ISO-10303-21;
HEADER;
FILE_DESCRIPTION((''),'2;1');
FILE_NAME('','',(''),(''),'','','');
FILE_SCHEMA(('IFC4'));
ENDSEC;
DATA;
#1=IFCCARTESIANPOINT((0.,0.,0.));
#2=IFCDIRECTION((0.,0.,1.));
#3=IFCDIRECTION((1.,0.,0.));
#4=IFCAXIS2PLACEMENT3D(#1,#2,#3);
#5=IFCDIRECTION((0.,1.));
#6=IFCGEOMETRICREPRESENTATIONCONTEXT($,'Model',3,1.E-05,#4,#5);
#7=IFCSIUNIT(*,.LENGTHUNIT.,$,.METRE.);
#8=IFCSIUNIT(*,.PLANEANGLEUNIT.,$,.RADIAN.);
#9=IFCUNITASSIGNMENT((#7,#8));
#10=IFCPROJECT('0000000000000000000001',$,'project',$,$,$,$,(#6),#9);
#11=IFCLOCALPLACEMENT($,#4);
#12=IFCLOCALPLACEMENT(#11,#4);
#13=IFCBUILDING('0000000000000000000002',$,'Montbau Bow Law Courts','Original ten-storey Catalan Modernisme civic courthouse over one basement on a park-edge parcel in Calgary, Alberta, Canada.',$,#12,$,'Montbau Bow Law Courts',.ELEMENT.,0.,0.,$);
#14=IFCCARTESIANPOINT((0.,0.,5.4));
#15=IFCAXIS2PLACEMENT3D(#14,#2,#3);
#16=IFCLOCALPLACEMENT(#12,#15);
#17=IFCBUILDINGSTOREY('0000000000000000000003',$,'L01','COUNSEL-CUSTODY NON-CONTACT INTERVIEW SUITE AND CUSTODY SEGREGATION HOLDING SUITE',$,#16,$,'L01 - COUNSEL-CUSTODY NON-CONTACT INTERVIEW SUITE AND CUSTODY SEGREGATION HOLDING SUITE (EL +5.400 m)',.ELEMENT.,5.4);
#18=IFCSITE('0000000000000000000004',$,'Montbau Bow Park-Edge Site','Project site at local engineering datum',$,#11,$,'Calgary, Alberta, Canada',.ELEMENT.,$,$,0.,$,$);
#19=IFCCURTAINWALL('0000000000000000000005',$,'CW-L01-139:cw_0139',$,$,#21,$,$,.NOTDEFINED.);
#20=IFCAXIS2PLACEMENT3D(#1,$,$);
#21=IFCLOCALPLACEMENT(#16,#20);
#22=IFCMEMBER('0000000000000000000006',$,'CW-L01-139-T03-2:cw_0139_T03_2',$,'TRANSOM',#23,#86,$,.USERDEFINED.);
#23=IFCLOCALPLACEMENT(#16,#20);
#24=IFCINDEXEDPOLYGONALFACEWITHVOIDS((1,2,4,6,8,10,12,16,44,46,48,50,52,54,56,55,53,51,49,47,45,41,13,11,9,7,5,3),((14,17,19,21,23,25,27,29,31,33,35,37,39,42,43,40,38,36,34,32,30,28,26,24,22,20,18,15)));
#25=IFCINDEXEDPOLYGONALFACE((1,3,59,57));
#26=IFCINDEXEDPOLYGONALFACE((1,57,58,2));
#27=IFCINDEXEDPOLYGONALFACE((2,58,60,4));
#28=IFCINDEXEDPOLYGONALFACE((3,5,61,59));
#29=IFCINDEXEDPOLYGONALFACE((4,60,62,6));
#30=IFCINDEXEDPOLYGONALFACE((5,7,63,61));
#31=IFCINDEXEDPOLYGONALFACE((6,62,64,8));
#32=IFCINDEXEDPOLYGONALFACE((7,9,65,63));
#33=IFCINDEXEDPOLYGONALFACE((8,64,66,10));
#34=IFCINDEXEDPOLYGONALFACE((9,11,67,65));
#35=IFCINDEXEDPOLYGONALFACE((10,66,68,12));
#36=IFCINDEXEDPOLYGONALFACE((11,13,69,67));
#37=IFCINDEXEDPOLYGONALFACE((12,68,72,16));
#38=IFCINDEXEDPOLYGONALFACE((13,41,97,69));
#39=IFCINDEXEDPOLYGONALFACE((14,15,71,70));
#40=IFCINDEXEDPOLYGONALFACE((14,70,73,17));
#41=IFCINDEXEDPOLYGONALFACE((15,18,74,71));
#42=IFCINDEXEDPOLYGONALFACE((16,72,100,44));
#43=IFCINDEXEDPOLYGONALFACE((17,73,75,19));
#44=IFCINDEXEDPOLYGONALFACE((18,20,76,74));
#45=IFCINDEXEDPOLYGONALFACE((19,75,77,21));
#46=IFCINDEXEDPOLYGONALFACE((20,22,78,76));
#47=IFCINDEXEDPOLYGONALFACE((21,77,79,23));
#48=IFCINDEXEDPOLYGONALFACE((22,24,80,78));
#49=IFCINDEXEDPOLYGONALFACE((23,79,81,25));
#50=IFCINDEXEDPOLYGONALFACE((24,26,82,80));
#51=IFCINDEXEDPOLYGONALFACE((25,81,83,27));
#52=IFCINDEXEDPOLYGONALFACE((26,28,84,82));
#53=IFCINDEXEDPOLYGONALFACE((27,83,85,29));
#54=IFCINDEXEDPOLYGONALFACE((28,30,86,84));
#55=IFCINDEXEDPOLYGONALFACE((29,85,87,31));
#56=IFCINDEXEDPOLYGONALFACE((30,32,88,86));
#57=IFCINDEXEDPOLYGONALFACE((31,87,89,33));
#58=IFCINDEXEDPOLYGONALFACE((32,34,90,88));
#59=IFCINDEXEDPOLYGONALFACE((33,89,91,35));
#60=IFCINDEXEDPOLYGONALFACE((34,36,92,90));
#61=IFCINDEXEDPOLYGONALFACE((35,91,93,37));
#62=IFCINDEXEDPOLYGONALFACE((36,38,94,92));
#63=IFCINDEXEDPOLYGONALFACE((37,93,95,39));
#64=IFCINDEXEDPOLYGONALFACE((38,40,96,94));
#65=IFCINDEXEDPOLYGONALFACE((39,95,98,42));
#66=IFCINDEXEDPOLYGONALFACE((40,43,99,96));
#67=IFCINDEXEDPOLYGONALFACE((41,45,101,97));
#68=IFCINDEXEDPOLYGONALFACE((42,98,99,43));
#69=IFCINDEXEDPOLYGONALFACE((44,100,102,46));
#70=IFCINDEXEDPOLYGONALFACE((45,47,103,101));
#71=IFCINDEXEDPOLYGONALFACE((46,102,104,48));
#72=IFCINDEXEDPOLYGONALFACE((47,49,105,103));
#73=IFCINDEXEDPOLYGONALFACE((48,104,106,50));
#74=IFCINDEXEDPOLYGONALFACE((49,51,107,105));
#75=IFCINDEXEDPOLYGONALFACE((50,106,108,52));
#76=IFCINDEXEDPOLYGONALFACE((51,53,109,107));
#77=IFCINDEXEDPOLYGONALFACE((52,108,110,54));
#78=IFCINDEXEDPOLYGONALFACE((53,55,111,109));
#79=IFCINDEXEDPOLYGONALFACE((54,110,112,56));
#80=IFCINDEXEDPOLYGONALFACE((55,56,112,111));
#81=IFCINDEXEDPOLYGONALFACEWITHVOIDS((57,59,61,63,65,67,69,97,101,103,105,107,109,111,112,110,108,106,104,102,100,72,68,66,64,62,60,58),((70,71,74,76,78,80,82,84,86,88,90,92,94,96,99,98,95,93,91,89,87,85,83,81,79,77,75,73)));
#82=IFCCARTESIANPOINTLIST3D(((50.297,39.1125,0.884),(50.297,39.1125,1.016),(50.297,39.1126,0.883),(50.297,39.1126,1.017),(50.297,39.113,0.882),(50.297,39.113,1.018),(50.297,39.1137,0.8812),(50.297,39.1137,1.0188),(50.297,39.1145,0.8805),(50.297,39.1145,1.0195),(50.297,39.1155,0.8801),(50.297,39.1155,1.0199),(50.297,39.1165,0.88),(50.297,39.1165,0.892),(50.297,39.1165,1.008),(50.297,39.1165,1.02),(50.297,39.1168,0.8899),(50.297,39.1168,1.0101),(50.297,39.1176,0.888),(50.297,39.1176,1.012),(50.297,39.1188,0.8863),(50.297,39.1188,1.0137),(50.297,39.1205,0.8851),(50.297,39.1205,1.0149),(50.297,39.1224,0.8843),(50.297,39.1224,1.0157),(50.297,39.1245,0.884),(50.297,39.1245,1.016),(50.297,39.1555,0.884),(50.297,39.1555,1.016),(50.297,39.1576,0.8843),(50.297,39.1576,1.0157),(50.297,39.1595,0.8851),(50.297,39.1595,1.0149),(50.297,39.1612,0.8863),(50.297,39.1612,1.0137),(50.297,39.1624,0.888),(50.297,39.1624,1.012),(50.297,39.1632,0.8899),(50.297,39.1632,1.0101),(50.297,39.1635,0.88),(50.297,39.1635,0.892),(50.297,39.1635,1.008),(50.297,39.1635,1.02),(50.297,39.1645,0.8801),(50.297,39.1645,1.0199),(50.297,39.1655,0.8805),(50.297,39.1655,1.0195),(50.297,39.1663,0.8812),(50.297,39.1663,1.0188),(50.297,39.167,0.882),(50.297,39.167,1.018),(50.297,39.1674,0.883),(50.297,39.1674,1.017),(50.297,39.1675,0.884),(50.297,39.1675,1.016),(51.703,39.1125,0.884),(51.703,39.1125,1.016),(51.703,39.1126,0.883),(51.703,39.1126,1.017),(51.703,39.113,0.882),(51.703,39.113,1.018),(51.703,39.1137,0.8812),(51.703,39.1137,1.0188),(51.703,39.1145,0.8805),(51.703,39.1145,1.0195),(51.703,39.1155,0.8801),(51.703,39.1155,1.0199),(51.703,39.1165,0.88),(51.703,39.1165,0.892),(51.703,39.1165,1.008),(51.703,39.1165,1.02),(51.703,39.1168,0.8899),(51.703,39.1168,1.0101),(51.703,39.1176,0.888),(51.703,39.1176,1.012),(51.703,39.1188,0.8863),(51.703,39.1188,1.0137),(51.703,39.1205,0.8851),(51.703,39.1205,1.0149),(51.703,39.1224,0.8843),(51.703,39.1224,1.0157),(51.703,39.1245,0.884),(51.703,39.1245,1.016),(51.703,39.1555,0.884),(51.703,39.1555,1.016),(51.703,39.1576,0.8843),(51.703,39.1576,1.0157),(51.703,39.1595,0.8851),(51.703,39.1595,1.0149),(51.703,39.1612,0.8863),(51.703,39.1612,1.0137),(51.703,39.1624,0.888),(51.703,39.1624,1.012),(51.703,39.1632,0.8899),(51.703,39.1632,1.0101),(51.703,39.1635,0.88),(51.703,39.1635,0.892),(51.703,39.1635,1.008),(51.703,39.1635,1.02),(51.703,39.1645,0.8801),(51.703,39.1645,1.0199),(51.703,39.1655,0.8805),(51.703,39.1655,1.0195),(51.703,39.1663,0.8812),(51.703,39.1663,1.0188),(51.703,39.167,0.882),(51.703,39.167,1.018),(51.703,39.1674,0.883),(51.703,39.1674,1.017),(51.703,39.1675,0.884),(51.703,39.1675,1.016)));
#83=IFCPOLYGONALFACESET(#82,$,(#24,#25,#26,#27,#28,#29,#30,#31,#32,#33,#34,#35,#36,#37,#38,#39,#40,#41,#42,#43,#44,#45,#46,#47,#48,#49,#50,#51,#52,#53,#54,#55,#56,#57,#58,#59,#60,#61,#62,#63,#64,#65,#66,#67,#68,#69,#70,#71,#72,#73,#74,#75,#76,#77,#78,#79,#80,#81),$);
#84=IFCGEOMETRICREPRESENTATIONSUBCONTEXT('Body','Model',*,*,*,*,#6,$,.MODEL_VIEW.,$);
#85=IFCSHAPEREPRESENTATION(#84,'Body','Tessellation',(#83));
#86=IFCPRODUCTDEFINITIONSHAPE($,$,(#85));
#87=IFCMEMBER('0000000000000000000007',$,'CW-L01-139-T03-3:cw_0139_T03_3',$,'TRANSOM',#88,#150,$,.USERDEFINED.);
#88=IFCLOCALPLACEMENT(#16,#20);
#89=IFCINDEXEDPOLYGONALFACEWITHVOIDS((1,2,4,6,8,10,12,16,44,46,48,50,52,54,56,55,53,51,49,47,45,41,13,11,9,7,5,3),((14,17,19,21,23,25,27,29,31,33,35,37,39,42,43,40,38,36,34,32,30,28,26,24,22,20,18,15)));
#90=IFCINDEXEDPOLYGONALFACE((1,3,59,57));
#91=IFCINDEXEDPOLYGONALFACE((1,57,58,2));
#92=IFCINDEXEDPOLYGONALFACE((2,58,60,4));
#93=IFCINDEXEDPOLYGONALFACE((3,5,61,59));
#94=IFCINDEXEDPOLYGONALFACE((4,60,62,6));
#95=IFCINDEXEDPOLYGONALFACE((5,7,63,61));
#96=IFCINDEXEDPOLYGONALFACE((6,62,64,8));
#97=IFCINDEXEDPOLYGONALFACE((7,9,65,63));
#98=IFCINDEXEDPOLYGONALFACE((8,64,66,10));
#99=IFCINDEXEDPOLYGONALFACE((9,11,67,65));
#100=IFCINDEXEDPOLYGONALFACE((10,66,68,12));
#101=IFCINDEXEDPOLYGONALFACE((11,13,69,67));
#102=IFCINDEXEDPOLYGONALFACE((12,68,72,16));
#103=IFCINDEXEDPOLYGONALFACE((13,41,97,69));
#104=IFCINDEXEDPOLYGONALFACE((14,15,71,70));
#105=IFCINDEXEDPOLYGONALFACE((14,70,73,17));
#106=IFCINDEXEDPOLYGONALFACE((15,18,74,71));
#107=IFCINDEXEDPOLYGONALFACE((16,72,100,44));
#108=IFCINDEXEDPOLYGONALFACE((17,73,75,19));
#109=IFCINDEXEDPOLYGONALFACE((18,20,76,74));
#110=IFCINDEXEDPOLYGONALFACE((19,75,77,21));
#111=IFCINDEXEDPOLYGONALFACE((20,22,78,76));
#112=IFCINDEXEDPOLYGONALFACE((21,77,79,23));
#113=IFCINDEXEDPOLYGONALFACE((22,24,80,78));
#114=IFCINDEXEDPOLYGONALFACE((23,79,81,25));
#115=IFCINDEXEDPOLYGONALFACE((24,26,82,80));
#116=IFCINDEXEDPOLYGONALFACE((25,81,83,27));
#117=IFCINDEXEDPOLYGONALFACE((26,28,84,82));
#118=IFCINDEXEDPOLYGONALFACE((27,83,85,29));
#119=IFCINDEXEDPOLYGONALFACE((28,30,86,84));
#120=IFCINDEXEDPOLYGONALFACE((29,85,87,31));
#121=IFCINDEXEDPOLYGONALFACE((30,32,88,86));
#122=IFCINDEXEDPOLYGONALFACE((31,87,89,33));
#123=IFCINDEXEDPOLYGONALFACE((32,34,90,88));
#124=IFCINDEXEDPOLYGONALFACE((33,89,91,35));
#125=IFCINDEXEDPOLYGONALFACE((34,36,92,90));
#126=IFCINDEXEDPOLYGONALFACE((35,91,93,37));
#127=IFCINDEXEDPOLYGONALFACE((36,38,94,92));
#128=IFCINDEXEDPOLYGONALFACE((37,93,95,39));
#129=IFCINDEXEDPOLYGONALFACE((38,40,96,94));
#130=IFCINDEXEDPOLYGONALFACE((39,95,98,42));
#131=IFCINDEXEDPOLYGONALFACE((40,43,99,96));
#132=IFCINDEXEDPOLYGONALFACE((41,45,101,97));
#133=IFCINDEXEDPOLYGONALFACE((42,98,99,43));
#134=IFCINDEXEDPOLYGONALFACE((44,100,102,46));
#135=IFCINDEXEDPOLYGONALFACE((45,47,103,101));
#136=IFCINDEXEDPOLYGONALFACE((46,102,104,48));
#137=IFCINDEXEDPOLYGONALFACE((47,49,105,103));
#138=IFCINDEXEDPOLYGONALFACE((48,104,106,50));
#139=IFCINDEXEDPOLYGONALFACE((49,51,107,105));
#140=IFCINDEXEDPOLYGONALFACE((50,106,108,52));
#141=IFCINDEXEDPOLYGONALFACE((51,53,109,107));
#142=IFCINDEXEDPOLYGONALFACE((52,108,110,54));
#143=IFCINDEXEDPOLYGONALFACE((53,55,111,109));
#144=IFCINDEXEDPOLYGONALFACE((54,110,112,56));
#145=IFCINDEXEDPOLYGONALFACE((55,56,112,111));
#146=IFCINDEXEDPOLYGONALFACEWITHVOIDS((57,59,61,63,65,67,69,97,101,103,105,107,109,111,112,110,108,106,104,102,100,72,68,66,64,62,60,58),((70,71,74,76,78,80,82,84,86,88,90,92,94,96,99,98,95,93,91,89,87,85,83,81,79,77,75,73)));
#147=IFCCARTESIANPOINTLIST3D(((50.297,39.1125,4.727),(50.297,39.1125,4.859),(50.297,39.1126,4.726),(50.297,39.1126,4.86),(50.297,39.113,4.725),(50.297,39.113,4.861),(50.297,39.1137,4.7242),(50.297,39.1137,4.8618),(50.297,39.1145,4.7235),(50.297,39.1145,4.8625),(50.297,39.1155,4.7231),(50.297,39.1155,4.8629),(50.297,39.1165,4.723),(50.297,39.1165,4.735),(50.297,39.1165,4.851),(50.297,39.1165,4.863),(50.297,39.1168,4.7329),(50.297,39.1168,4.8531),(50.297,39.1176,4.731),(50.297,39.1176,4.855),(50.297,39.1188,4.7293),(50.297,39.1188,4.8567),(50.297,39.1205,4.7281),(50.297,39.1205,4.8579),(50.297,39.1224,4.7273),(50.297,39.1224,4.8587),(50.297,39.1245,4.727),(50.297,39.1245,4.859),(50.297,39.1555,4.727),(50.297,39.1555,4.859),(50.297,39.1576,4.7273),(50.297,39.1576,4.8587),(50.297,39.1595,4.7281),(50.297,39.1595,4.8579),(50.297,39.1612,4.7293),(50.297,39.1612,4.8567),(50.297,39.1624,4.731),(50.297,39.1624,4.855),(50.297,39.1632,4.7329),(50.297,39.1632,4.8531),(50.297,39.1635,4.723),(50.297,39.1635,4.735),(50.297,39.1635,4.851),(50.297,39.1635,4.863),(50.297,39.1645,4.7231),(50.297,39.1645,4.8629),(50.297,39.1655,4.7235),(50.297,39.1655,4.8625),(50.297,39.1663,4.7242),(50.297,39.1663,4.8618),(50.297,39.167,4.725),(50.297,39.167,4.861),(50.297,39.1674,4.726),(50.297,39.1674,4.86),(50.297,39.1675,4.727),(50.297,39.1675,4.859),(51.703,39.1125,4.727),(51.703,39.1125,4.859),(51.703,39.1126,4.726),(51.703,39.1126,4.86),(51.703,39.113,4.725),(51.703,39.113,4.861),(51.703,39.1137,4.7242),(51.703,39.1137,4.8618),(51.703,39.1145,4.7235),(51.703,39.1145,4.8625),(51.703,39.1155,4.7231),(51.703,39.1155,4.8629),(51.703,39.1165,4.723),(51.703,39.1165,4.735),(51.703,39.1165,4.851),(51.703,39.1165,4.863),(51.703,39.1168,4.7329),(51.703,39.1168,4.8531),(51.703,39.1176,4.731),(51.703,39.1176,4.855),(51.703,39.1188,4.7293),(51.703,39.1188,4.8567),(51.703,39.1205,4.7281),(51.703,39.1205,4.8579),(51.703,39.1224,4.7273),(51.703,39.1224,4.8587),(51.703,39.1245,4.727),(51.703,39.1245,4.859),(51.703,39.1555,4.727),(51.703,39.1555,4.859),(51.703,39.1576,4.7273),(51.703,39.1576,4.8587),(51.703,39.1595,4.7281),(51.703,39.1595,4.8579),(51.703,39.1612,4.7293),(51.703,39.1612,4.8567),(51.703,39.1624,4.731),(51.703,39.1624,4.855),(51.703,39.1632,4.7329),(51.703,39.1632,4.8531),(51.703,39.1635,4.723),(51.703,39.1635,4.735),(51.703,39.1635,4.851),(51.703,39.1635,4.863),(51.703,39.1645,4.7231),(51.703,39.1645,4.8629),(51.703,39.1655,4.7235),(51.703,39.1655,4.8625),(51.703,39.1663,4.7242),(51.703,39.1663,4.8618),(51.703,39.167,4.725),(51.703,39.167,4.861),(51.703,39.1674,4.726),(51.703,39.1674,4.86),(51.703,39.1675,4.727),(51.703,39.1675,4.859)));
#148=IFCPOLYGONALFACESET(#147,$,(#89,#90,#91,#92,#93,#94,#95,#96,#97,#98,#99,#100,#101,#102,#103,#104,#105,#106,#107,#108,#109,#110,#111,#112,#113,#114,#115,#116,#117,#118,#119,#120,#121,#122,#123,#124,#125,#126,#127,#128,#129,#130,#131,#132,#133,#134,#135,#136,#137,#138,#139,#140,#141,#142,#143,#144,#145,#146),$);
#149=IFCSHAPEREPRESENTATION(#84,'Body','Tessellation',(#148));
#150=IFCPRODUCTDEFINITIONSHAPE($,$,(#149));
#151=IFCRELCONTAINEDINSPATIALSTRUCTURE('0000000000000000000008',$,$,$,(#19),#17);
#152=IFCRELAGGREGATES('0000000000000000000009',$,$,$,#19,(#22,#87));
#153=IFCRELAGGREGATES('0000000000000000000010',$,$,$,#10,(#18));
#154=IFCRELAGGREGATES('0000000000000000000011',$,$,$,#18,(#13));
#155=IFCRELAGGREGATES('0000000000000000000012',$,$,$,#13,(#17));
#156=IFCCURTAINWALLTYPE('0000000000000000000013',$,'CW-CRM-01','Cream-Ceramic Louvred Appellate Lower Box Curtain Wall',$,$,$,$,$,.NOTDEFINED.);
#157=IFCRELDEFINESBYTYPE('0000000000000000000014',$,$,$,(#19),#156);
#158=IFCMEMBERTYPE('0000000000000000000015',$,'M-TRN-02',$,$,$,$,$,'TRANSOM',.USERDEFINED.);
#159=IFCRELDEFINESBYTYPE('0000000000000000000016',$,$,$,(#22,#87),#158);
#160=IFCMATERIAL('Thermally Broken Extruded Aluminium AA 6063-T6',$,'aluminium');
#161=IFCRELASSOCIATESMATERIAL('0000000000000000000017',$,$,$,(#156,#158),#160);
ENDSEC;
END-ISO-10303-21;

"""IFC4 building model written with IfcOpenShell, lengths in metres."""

from ifc_helpers import new_model, si_unit, direction, frame, origin_with_axes, origin_2d_with_axis, place, context, subcontext, project, spatial, hollow_rectangle, extrude, material, material_profile, profile_set, type_object, element, aggregate, save


model = new_model("IFC4")

# Units and contexts
model_context = context("Model", 3, precision=1e-05, world=origin_with_axes(), true_north=direction((0.0, 1.0)))
body_context = subcontext(model_context, "Body", "Model", "MODEL_VIEW")
ifc_project = project(units=[si_unit("LENGTHUNIT", "METRE"), si_unit("PLANEANGLEUNIT", "RADIAN")], contexts=[model_context])

# Site, building, storey
site_placement = place(None, origin_with_axes())
site = spatial("IfcSite", under=ifc_project, at=site_placement, Name="Montbau Bow Park-Edge Site", Description="Project site at local engineering datum", LongName="Calgary, Alberta, Canada", CompositionType="ELEMENT", RefElevation=0.0)
building_placement = place(site_placement, origin_with_axes())
building = spatial("IfcBuilding", under=site, at=building_placement, Name="Montbau Bow Law Courts", Description="Original ten-storey Catalan Modernisme civic courthouse over one basement on a park-edge parcel in Calgary, Alberta, Canada.", LongName="Montbau Bow Law Courts", CompositionType="ELEMENT", ElevationOfRefHeight=0.0, ElevationOfTerrain=0.0)
storey_placement = place(building_placement, frame((0.0, 0.0, 5.4), z_axis=(0.0, 0.0, 1.0), x_axis=(1.0, 0.0, 0.0)))
storey = spatial("IfcBuildingStorey", under=building, at=storey_placement, Name="L01", Description="COUNSEL-CUSTODY NON-CONTACT INTERVIEW SUITE AND CUSTODY SEGREGATION HOLDING SUITE", LongName="L01 - COUNSEL-CUSTODY NON-CONTACT INTERVIEW SUITE AND CUSTODY SEGREGATION HOLDING SUITE (EL +5.400 m)", CompositionType="ELEMENT", Elevation=5.4)

# Curtain wall, members
ifc_material_1 = material(Name="Thermally Broken Extruded Aluminium AA 6063-T6", Category="aluminium")
curtain_wall_type = type_object("IfcCurtainWallType", Name="CW-CRM-01", Description="Cream-Ceramic Louvred Appellate Lower Box Curtain Wall", PredefinedType="NOTDEFINED", material=ifc_material_1)
curtain_wall_placement = place(None, frame((47.315, 39.14, 5.4), z_axis=(0.0, 0.0, 1.0), x_axis=(1.0, 0.0, 0.0)))
curtain_wall = element("IfcCurtainWall", 1, at=curtain_wall_placement, inside=storey, type_object=curtain_wall_type, Name="CW-L01-139:cw_0139", PredefinedType="NOTDEFINED")
ifc_material_profile_1 = material_profile(ifc_material_1, hollow_rectangle(XDim=0.055, YDim=0.14, WallThickness=0.004, InnerFilletRadius=0.008, OuterFilletRadius=0.004, at=origin_2d_with_axis()), Name="CWT-140X55", Category="Main", Priority=0)
ifc_profile_set_1 = profile_set([ifc_material_profile_1], Name="Thermally Broken Extruded Aluminium AA 6063-T6")
member_type_1 = type_object("IfcMemberType", Name="M-TRN-02", ElementType="TRANSOM", PredefinedType="USERDEFINED", material=ifc_profile_set_1)
member_1_placement = place(None, frame((50.297, 39.14, 6.35), z_axis=(1.0, 0.0, 0.0), x_axis=(0.0, 1.0, 0.0)))
member_1 = element("IfcMember", 2, at=member_1_placement, type_object=member_type_1, Name="CW-L01-139-T03-2:cw_0139_T03_2", ObjectType="TRANSOM", PredefinedType="USERDEFINED", context=body_context, shape_type="SweptSolid", body=[
    extrude(hollow_rectangle(XDim=0.055, YDim=0.14, WallThickness=0.004, InnerFilletRadius=0.008, OuterFilletRadius=0.004, at=origin_2d_with_axis()), origin_with_axes(), (0.0, 0.0, 1.0), 1.406),
])
member_2_placement = place(None, frame((50.297, 39.14, 10.193), z_axis=(1.0, 0.0, 0.0), x_axis=(0.0, 1.0, 0.0)))
member_2 = element("IfcMember", 3, at=member_2_placement, type_object=member_type_1, Name="CW-L01-139-T03-3:cw_0139_T03_3", ObjectType="TRANSOM", PredefinedType="USERDEFINED", context=body_context, shape_type="SweptSolid", body=[
    extrude(hollow_rectangle(XDim=0.055, YDim=0.14, WallThickness=0.004, InnerFilletRadius=0.008, OuterFilletRadius=0.004, at=origin_2d_with_axis()), origin_with_axes(), (0.0, 0.0, 1.0), 1.406),
])
aggregate(curtain_wall, [member_1, member_2])

save(model, "model.ifc")
